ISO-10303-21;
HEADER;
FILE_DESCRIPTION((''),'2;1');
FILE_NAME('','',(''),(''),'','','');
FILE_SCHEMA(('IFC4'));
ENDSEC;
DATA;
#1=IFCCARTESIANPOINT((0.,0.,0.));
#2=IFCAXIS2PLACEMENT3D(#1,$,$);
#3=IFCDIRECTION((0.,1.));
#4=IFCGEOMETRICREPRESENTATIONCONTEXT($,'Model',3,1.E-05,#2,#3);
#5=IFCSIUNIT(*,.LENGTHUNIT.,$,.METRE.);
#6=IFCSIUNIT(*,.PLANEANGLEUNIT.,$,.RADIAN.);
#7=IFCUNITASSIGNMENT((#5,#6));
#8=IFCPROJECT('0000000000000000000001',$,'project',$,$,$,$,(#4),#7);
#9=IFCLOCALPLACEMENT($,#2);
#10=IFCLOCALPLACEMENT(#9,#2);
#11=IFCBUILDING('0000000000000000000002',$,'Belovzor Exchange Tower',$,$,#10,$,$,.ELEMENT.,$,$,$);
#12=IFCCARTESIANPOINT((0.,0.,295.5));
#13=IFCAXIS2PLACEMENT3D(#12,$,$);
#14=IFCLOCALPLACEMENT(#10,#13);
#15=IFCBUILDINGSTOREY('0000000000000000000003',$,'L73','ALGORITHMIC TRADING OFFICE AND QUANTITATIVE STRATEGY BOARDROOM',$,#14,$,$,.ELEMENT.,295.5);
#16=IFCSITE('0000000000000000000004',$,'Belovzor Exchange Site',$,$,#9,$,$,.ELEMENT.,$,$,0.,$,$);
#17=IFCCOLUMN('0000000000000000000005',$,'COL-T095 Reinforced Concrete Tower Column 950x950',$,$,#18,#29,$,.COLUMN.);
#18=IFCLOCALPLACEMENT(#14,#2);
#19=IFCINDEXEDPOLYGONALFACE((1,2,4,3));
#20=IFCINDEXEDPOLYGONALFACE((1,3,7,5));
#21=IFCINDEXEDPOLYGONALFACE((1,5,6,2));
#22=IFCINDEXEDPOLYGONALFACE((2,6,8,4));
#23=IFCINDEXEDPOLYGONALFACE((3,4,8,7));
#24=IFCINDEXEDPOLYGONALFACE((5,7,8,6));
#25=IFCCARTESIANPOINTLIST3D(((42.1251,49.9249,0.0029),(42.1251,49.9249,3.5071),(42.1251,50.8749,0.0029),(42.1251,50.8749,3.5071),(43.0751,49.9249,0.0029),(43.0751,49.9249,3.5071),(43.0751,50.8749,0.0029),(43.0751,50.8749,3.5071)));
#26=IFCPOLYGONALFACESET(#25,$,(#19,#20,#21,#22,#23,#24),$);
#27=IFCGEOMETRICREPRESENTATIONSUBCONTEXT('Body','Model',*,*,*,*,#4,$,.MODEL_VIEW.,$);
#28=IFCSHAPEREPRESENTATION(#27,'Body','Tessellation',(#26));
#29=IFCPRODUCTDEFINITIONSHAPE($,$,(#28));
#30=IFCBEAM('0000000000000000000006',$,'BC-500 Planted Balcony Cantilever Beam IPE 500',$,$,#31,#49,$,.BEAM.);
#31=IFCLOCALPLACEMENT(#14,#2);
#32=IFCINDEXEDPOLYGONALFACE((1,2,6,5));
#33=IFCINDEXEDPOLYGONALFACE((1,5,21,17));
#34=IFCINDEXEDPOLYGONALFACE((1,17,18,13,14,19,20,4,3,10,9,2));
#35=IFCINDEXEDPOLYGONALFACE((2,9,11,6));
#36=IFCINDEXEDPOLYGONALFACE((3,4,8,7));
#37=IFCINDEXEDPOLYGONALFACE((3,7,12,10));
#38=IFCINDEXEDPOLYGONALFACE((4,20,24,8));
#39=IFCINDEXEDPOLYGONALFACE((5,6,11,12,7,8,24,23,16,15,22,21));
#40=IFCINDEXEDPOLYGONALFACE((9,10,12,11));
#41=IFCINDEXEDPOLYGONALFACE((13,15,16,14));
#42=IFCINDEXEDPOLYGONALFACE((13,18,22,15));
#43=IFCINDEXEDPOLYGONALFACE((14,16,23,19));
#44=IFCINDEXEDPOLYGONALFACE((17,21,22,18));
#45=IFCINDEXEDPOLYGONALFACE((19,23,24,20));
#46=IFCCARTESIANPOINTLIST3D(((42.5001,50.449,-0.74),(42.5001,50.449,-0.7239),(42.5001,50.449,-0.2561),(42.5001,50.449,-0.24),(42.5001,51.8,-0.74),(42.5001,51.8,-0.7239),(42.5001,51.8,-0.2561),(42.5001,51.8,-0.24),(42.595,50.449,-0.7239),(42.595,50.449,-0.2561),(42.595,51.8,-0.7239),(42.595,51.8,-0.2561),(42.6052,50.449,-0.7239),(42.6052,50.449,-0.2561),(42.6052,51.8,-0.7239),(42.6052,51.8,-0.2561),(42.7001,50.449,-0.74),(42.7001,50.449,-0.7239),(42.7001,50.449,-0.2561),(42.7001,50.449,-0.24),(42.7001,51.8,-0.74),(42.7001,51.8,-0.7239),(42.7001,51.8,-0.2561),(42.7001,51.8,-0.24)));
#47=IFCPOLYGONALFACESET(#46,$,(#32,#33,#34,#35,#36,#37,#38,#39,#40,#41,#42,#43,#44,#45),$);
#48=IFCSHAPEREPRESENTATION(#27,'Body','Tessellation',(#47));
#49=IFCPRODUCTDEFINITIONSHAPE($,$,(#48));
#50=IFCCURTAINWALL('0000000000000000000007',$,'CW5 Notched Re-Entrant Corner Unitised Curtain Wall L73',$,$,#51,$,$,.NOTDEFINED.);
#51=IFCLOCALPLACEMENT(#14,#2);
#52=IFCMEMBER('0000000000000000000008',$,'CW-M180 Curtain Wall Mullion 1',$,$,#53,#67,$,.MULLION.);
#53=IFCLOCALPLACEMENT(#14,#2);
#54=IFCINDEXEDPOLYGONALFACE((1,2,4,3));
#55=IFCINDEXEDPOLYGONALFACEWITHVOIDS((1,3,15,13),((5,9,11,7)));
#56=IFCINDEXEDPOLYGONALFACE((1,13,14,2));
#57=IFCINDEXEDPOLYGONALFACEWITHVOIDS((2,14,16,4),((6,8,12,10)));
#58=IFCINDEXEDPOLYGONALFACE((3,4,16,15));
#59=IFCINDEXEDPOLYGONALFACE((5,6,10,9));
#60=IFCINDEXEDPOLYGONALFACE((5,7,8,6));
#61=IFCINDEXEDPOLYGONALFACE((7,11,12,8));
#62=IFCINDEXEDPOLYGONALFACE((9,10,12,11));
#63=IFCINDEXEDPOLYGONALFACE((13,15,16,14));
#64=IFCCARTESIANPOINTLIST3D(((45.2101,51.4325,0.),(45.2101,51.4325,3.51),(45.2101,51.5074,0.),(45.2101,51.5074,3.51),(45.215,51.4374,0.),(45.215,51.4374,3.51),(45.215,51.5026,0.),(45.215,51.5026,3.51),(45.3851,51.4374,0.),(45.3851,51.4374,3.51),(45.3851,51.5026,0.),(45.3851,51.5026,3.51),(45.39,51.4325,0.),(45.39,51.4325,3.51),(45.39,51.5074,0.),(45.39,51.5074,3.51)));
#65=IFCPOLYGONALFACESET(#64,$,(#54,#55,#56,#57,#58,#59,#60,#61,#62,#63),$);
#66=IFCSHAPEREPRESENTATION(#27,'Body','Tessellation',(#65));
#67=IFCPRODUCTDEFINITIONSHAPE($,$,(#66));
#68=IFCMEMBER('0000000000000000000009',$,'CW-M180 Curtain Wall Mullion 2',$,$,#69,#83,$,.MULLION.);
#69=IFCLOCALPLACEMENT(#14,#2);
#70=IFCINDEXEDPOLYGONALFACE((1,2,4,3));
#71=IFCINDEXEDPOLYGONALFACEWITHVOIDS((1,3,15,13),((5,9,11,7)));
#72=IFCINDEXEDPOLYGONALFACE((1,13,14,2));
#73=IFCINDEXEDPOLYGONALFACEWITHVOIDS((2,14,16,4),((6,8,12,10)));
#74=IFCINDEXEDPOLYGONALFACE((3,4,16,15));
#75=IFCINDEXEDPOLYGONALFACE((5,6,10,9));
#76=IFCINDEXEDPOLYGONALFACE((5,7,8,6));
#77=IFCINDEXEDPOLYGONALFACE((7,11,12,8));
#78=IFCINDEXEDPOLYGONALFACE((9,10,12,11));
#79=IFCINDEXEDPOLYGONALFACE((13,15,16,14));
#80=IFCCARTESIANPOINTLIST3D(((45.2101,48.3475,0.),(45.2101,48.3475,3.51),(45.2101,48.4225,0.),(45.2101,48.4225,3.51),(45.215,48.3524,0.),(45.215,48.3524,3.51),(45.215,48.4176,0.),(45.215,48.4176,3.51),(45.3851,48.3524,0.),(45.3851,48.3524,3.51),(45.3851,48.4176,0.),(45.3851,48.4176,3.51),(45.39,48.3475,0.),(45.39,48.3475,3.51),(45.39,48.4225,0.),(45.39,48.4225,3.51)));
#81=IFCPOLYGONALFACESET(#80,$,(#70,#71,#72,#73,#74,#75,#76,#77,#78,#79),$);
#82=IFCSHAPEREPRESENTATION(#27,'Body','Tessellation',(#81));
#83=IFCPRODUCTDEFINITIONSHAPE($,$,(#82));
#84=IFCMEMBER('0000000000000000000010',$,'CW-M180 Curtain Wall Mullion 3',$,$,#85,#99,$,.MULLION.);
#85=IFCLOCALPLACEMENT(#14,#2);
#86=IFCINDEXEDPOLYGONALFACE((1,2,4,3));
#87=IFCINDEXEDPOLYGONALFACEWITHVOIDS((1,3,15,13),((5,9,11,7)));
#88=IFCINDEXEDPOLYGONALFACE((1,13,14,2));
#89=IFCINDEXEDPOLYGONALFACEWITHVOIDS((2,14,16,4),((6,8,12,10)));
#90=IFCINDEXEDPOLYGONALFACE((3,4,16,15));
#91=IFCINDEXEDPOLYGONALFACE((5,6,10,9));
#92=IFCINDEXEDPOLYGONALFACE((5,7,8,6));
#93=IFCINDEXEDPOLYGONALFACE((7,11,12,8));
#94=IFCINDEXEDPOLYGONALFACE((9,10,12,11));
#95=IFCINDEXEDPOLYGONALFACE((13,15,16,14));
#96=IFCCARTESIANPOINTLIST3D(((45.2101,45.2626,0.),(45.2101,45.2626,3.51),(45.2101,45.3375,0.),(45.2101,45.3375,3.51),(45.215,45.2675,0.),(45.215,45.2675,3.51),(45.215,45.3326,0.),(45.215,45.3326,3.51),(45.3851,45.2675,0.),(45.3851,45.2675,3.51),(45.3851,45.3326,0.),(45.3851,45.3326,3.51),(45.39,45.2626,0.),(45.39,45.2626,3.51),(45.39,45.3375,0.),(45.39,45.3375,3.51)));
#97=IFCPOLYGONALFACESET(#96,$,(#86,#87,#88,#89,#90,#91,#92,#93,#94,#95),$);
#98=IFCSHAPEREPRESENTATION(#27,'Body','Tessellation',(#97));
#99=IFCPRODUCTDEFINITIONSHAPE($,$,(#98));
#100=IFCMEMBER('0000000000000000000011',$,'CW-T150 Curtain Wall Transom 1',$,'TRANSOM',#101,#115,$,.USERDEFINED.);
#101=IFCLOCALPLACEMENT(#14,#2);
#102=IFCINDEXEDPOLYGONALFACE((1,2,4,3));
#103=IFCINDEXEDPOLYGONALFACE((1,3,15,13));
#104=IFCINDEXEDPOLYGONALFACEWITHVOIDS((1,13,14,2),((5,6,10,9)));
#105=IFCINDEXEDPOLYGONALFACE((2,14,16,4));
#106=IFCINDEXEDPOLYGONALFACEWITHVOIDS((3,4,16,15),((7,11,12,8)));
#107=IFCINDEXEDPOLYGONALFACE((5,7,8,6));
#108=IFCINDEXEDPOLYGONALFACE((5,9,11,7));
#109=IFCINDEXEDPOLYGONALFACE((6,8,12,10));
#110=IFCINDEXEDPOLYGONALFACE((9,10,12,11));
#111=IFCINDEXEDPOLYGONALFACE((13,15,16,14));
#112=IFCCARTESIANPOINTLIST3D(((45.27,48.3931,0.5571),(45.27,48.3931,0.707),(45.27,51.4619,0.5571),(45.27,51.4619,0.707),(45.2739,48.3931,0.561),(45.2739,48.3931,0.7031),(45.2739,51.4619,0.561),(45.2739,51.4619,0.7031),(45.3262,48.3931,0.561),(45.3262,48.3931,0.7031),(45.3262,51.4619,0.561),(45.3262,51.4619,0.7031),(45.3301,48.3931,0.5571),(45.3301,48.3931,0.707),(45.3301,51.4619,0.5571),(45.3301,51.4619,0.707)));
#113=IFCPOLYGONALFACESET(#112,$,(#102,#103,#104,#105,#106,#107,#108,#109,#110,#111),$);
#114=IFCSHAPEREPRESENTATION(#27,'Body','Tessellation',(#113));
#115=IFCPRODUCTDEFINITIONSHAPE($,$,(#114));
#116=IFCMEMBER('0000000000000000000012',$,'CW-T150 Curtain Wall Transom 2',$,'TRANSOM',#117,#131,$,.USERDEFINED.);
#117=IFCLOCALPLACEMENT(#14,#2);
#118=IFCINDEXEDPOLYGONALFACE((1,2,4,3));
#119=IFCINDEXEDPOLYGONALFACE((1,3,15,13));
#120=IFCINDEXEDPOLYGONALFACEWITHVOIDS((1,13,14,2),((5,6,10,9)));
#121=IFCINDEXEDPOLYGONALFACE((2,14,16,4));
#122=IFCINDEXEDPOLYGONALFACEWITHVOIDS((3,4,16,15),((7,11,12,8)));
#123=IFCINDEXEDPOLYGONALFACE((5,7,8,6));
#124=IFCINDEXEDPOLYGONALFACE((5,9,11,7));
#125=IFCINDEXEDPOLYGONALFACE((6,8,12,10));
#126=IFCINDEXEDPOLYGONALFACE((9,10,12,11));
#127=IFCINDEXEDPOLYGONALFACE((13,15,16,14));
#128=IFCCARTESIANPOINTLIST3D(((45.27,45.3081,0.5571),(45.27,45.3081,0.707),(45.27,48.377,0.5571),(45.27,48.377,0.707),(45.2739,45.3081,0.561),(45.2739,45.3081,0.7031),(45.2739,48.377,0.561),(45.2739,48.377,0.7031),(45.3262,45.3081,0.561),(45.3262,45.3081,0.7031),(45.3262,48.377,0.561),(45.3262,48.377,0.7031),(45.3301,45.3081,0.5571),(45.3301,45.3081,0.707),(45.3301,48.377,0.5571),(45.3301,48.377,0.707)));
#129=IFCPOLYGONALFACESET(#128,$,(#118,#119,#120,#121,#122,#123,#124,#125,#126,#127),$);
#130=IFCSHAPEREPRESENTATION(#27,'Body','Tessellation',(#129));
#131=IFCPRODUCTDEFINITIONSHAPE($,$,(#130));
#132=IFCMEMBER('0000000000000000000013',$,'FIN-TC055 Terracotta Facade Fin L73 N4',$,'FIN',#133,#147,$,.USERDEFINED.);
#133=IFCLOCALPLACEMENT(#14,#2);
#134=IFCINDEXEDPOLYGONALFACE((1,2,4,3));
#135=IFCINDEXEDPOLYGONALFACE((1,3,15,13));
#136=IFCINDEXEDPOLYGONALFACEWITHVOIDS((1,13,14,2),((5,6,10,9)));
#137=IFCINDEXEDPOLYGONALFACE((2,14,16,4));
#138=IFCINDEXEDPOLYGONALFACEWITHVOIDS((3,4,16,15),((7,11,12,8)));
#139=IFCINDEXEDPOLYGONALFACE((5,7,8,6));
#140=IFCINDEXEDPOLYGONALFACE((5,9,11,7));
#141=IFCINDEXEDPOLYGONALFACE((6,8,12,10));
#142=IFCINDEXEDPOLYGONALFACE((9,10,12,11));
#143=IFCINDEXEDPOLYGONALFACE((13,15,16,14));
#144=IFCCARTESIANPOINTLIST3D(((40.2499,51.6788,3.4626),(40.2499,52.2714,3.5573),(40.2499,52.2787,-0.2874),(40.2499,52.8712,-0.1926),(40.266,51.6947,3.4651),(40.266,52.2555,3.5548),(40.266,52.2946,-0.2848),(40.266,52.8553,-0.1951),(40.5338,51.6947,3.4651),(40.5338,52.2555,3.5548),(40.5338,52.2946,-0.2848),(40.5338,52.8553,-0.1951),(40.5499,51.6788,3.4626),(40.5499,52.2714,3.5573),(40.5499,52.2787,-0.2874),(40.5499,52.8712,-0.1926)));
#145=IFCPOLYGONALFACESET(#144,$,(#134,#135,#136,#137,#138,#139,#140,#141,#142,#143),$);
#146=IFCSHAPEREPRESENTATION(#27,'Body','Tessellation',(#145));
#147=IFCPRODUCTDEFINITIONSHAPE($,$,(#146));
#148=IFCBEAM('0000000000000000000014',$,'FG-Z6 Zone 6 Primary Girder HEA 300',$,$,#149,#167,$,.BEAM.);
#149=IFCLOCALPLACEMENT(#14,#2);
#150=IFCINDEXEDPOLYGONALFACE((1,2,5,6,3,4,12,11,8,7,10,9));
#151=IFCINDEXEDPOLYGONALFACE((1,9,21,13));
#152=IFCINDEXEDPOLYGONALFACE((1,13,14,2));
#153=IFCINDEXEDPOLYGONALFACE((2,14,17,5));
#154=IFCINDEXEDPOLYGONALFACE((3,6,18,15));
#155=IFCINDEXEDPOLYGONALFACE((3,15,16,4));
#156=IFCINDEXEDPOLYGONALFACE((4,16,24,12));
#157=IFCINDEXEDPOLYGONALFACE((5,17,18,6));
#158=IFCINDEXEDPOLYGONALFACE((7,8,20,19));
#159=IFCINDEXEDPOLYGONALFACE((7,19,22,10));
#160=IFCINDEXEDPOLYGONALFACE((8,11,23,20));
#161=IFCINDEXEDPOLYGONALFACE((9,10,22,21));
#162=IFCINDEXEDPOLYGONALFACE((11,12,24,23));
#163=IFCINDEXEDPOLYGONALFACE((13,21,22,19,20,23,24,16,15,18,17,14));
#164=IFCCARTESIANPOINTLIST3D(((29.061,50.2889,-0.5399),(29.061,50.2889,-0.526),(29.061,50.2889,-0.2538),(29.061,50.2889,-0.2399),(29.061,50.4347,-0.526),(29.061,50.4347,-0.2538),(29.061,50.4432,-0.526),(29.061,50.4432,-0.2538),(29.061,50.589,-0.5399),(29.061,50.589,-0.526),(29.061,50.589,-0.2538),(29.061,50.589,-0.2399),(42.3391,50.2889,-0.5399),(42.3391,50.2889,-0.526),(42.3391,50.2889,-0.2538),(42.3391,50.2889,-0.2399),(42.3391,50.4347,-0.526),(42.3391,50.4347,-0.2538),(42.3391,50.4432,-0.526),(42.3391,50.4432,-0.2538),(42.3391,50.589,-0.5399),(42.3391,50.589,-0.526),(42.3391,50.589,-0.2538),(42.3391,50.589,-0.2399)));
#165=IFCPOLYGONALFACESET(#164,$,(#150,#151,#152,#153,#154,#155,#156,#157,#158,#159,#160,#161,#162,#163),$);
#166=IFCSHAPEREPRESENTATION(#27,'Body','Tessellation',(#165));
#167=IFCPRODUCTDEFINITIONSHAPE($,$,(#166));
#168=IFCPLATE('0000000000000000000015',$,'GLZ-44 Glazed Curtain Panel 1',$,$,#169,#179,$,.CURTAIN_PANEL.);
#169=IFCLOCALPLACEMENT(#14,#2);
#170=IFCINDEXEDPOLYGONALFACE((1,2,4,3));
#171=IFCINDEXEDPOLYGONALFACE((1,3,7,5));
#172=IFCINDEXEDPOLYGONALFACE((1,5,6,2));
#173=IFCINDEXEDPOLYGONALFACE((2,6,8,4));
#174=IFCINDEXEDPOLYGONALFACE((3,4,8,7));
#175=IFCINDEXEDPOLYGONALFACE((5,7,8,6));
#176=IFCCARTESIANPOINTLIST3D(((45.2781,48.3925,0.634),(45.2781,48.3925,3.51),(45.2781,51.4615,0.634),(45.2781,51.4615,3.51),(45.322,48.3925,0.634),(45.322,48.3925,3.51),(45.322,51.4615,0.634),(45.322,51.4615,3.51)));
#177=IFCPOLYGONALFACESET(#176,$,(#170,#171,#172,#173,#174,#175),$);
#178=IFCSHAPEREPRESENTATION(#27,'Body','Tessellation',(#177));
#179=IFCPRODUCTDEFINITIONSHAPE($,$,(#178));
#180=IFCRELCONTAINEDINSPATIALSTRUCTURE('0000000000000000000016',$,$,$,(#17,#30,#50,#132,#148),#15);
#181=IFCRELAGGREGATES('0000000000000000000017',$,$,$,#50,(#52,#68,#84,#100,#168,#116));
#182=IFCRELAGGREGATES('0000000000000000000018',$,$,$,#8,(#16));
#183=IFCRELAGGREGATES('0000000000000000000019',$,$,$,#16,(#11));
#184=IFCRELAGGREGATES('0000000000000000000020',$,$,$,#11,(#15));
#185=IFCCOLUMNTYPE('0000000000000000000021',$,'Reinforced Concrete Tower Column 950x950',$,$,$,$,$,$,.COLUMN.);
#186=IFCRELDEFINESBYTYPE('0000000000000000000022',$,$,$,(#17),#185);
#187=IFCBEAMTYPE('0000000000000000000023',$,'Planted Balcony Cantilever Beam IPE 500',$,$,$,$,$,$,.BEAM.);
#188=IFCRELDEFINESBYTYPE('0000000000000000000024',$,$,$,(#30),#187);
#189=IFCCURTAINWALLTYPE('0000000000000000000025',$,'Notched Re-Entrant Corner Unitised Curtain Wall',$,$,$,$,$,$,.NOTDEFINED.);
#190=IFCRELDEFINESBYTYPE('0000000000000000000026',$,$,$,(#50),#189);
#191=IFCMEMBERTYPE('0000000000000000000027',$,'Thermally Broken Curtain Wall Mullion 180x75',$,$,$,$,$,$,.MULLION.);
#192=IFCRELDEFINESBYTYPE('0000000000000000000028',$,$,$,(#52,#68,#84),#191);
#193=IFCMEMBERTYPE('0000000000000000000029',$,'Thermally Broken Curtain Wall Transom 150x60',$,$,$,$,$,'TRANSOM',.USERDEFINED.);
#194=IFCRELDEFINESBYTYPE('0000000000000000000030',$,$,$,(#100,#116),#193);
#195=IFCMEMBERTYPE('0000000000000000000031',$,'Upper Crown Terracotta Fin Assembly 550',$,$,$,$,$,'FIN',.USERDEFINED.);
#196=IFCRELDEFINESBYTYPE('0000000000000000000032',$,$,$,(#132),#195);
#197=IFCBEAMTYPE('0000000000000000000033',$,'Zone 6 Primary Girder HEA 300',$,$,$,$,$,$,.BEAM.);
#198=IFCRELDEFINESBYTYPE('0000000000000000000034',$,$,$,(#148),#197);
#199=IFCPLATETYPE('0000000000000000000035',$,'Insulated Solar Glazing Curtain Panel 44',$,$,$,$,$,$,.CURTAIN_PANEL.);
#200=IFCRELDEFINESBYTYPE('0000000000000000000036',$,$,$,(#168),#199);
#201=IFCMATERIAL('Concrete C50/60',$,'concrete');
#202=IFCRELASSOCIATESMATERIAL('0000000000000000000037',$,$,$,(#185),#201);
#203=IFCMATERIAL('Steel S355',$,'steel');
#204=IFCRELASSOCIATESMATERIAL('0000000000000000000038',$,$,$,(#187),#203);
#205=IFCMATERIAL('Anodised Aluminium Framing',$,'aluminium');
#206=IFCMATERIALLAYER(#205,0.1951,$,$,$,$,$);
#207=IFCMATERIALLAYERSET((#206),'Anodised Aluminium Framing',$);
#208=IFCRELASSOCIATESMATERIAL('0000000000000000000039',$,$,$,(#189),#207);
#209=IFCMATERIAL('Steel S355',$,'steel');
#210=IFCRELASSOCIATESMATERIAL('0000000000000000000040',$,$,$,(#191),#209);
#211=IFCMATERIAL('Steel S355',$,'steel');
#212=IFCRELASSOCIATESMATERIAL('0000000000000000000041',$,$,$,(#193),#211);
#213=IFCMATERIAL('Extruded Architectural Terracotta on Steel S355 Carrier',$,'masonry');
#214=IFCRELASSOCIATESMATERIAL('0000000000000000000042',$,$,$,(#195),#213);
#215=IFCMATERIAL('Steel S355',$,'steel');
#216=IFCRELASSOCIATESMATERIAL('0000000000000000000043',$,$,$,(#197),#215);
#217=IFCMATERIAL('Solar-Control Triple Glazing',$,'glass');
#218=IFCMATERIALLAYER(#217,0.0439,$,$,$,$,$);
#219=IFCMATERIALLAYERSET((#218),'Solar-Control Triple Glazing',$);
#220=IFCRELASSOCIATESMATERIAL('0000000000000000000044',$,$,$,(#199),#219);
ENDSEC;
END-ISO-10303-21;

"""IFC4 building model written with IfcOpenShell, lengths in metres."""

from ifc_helpers import new_model, si_unit, direction, frame, origin, origin_2d, place, context, subcontext, project, spatial, rectangle, hollow_rectangle, i_section, extrude, material, layer, layer_set, material_profile, profile_set, type_object, element, aggregate, save


model = new_model("IFC4")

# Units and contexts
model_context = context("Model", 3, precision=1e-05, world=origin(), true_north=direction((0.0, 1.0)))
body_context = subcontext(model_context, "Body", "Model", "MODEL_VIEW")
ifc_project = project(units=[si_unit("LENGTHUNIT", "METRE"), si_unit("PLANEANGLEUNIT", "RADIAN")], contexts=[model_context])

# Site, building, storey
site_placement = place(None, origin())
site = spatial("IfcSite", under=ifc_project, at=site_placement, Name="Belovzor Exchange Site", CompositionType="ELEMENT", RefElevation=0.0)
building_placement = place(site_placement, origin())
building = spatial("IfcBuilding", under=site, at=building_placement, Name="Belovzor Exchange Tower", CompositionType="ELEMENT")
storey_placement = place(building_placement, frame((0.0, 0.0, 295.5)))
storey = spatial("IfcBuildingStorey", under=building, at=storey_placement, Name="L73", Description="ALGORITHMIC TRADING OFFICE AND QUANTITATIVE STRATEGY BOARDROOM", CompositionType="ELEMENT", Elevation=295.5)

# Column
ifc_material_1 = material(Name="Concrete C50/60", Category="concrete")
ifc_material_profile_1 = material_profile(ifc_material_1, rectangle(XDim=0.95, YDim=0.95, at=origin_2d()))
ifc_profile_set_1 = profile_set([ifc_material_profile_1], Name="Concrete C50/60")
column_type = type_object("IfcColumnType", Name="Reinforced Concrete Tower Column 950x950", PredefinedType="COLUMN", material=ifc_profile_set_1)
column_placement = place(storey_placement, frame((42.6001, 50.3999, 0.0029), z_axis=(0.0, 0.0, 1.0), x_axis=(1.0, 0.0, 0.0)))
element("IfcColumn", 1, at=column_placement, inside=storey, type_object=column_type, Name="COL-T095 Reinforced Concrete Tower Column 950x950", PredefinedType="COLUMN", context=body_context, shape_type="SweptSolid", body=[
    extrude(rectangle(XDim=0.95, YDim=0.95, at=origin_2d()), origin(), (0.0, 0.0, 1.0), 3.5042),
])

# Beam
ifc_material_2 = material(Name="Steel S355", Category="steel")
ifc_material_profile_2 = material_profile(ifc_material_2, i_section(OverallWidth=0.2, OverallDepth=0.5, WebThickness=0.0103, FlangeThickness=0.0161, at=origin_2d()))
ifc_profile_set_2 = profile_set([ifc_material_profile_2], Name="Steel S355")
beam_type_1 = type_object("IfcBeamType", Name="Planted Balcony Cantilever Beam IPE 500", PredefinedType="BEAM", material=ifc_profile_set_2)
beam_1_placement = place(storey_placement, frame((42.6001, 50.449, -0.49), z_axis=(0.0, 1.0, 0.0), x_axis=(-1.0, 0.0, 0.0)))
element("IfcBeam", 2, at=beam_1_placement, inside=storey, type_object=beam_type_1, Name="BC-500 Planted Balcony Cantilever Beam IPE 500", PredefinedType="BEAM", context=body_context, shape_type="SweptSolid", body=[
    extrude(i_section(OverallWidth=0.2, OverallDepth=0.5, WebThickness=0.0103, FlangeThickness=0.0161, at=origin_2d()), origin(), (0.0, 0.0, 1.0), 1.3511),
])

# Curtain wall, members
ifc_material_3 = material(Name="Anodised Aluminium Framing", Category="aluminium")
ifc_layer_1 = layer(ifc_material_3, 0.1951)
ifc_layer_set_1 = layer_set([ifc_layer_1], Name="Anodised Aluminium Framing")
curtain_wall_type = type_object("IfcCurtainWallType", Name="Notched Re-Entrant Corner Unitised Curtain Wall", PredefinedType="NOTDEFINED", material=ifc_layer_set_1)
curtain_wall_placement = place(storey_placement, origin())
curtain_wall = element("IfcCurtainWall", 3, at=curtain_wall_placement, inside=storey, type_object=curtain_wall_type, Name="CW5 Notched Re-Entrant Corner Unitised Curtain Wall L73", PredefinedType="NOTDEFINED")
ifc_material_4 = material(Name="Steel S355", Category="steel")
ifc_material_profile_3 = material_profile(ifc_material_4, hollow_rectangle(XDim=0.075, YDim=0.1799, WallThickness=0.0049, at=origin_2d()))
ifc_profile_set_3 = profile_set([ifc_material_profile_3], Name="Steel S355")
member_type_1 = type_object("IfcMemberType", Name="Thermally Broken Curtain Wall Mullion 180x75", PredefinedType="MULLION", material=ifc_profile_set_3)
member_1_placement = place(storey_placement, frame((45.3, 51.47, 0.0), z_axis=(0.0, 0.0, 1.0), x_axis=(0.0, -1.0, 0.0)))
member_1 = element("IfcMember", 4, at=member_1_placement, type_object=member_type_1, Name="CW-M180 Curtain Wall Mullion 1", PredefinedType="MULLION", context=body_context, shape_type="SweptSolid", body=[
    extrude(hollow_rectangle(XDim=0.075, YDim=0.1799, WallThickness=0.0049, at=origin_2d()), origin(), (0.0, 0.0, 1.0), 3.51),
])
member_2_placement = place(storey_placement, frame((45.3, 48.385, 0.0), z_axis=(0.0, 0.0, 1.0), x_axis=(0.0, -1.0, 0.0)))
member_2 = element("IfcMember", 5, at=member_2_placement, type_object=member_type_1, Name="CW-M180 Curtain Wall Mullion 2", PredefinedType="MULLION", context=body_context, shape_type="SweptSolid", body=[
    extrude(hollow_rectangle(XDim=0.075, YDim=0.1799, WallThickness=0.0049, at=origin_2d()), origin(), (0.0, 0.0, 1.0), 3.51),
])
member_3_placement = place(storey_placement, frame((45.3, 45.3, 0.0), z_axis=(0.0, 0.0, 1.0), x_axis=(0.0, -1.0, 0.0)))
member_3 = element("IfcMember", 6, at=member_3_placement, type_object=member_type_1, Name="CW-M180 Curtain Wall Mullion 3", PredefinedType="MULLION", context=body_context, shape_type="SweptSolid", body=[
    extrude(hollow_rectangle(XDim=0.075, YDim=0.1799, WallThickness=0.0049, at=origin_2d()), origin(), (0.0, 0.0, 1.0), 3.51),
])
ifc_material_5 = material(Name="Steel S355", Category="steel")
ifc_material_profile_4 = material_profile(ifc_material_5, hollow_rectangle(XDim=0.0601, YDim=0.1499, WallThickness=0.0039, at=origin_2d()))
ifc_profile_set_4 = profile_set([ifc_material_profile_4], Name="Steel S355")
member_type_2 = type_object("IfcMemberType", Name="Thermally Broken Curtain Wall Transom 150x60", ElementType="TRANSOM", PredefinedType="USERDEFINED", material=ifc_profile_set_4)
member_4_placement = place(storey_placement, frame((45.3, 51.4619, 0.6321), z_axis=(0.0, -1.0, 0.0), x_axis=(1.0, 0.0, 0.0)))
member_4 = element("IfcMember", 7, at=member_4_placement, type_object=member_type_2, Name="CW-T150 Curtain Wall Transom 1", ObjectType="TRANSOM", PredefinedType="USERDEFINED", context=body_context, shape_type="SweptSolid", body=[
    extrude(hollow_rectangle(XDim=0.0601, YDim=0.1499, WallThickness=0.0039, at=origin_2d()), origin(), (0.0, 0.0, 1.0), 3.0688),
])
member_5_placement = place(storey_placement, frame((45.3, 48.377, 0.6321), z_axis=(0.0, -1.0, 0.0), x_axis=(1.0, 0.0, 0.0)))
member_5 = element("IfcMember", 8, at=member_5_placement, type_object=member_type_2, Name="CW-T150 Curtain Wall Transom 2", ObjectType="TRANSOM", PredefinedType="USERDEFINED", context=body_context, shape_type="SweptSolid", body=[
    extrude(hollow_rectangle(XDim=0.0601, YDim=0.1499, WallThickness=0.0039, at=origin_2d()), origin(), (0.0, 0.0, 1.0), 3.0688),
])

# Member
ifc_material_6 = material(Name="Extruded Architectural Terracotta on Steel S355 Carrier", Category="masonry")
ifc_material_profile_5 = material_profile(ifc_material_6, hollow_rectangle(XDim=0.3, YDim=0.6001, WallThickness=0.0161, at=origin_2d()))
ifc_profile_set_5 = profile_set([ifc_material_profile_5], Name="Extruded Architectural Terracotta on Steel S355 Carrier")
member_type_3 = type_object("IfcMemberType", Name="Upper Crown Terracotta Fin Assembly 550", ElementType="FIN", PredefinedType="USERDEFINED", material=ifc_profile_set_5)
member_6_placement = place(storey_placement, frame((40.3999, 52.575, -0.24), z_axis=(0.0, -0.157953, 0.987447), x_axis=(1.0, 0.0, 0.0)))
element("IfcMember", 9, at=member_6_placement, inside=storey, type_object=member_type_3, Name="FIN-TC055 Terracotta Facade Fin L73 N4", ObjectType="FIN", PredefinedType="USERDEFINED", context=body_context, shape_type="SweptSolid", body=[
    extrude(hollow_rectangle(XDim=0.3, YDim=0.6001, WallThickness=0.0161, at=origin_2d()), origin(), (0.0, 0.0, 1.0), 3.7976),
])

# Beam
ifc_material_7 = material(Name="Steel S355", Category="steel")
ifc_material_profile_6 = material_profile(ifc_material_7, i_section(OverallWidth=0.3, OverallDepth=0.3, WebThickness=0.0085, FlangeThickness=0.0139, at=origin_2d()))
ifc_profile_set_6 = profile_set([ifc_material_profile_6], Name="Steel S355")
beam_type_2 = type_object("IfcBeamType", Name="Zone 6 Primary Girder HEA 300", PredefinedType="BEAM", material=ifc_profile_set_6)
beam_2_placement = place(storey_placement, frame((42.3391, 50.439, -0.3899), z_axis=(-1.0, 0.0, 0.0), x_axis=(0.0, -1.0, 0.0)))
element("IfcBeam", 10, at=beam_2_placement, inside=storey, type_object=beam_type_2, Name="FG-Z6 Zone 6 Primary Girder HEA 300", PredefinedType="BEAM", context=body_context, shape_type="SweptSolid", body=[
    extrude(i_section(OverallWidth=0.3, OverallDepth=0.3, WebThickness=0.0085, FlangeThickness=0.0139, at=origin_2d()), origin(), (0.0, 0.0, 1.0), 13.2781),
])

# Plate
ifc_material_8 = material(Name="Solar-Control Triple Glazing", Category="glass")
ifc_layer_2 = layer(ifc_material_8, 0.0439)
ifc_layer_set_2 = layer_set([ifc_layer_2], Name="Solar-Control Triple Glazing")
plate_type_1 = type_object("IfcPlateType", Name="Insulated Solar Glazing Curtain Panel 44", PredefinedType="CURTAIN_PANEL", material=ifc_layer_set_2)
plate_1_placement = place(storey_placement, frame((45.3, 49.927, 0.634), z_axis=(0.0, 0.0, 1.0), x_axis=(0.0, -1.0, 0.0)))
plate_1 = element("IfcPlate", 11, at=plate_1_placement, type_object=plate_type_1, Name="GLZ-44 Glazed Curtain Panel 1", PredefinedType="CURTAIN_PANEL", context=body_context, shape_type="SweptSolid", body=[
    extrude(rectangle(XDim=3.0691, YDim=0.0439, at=origin_2d()), origin(), (0.0, 0.0, 1.0), 2.876),
])
aggregate(curtain_wall, [member_1, member_2, member_3, member_4, plate_1, member_5])

save(model, "model.ifc")
